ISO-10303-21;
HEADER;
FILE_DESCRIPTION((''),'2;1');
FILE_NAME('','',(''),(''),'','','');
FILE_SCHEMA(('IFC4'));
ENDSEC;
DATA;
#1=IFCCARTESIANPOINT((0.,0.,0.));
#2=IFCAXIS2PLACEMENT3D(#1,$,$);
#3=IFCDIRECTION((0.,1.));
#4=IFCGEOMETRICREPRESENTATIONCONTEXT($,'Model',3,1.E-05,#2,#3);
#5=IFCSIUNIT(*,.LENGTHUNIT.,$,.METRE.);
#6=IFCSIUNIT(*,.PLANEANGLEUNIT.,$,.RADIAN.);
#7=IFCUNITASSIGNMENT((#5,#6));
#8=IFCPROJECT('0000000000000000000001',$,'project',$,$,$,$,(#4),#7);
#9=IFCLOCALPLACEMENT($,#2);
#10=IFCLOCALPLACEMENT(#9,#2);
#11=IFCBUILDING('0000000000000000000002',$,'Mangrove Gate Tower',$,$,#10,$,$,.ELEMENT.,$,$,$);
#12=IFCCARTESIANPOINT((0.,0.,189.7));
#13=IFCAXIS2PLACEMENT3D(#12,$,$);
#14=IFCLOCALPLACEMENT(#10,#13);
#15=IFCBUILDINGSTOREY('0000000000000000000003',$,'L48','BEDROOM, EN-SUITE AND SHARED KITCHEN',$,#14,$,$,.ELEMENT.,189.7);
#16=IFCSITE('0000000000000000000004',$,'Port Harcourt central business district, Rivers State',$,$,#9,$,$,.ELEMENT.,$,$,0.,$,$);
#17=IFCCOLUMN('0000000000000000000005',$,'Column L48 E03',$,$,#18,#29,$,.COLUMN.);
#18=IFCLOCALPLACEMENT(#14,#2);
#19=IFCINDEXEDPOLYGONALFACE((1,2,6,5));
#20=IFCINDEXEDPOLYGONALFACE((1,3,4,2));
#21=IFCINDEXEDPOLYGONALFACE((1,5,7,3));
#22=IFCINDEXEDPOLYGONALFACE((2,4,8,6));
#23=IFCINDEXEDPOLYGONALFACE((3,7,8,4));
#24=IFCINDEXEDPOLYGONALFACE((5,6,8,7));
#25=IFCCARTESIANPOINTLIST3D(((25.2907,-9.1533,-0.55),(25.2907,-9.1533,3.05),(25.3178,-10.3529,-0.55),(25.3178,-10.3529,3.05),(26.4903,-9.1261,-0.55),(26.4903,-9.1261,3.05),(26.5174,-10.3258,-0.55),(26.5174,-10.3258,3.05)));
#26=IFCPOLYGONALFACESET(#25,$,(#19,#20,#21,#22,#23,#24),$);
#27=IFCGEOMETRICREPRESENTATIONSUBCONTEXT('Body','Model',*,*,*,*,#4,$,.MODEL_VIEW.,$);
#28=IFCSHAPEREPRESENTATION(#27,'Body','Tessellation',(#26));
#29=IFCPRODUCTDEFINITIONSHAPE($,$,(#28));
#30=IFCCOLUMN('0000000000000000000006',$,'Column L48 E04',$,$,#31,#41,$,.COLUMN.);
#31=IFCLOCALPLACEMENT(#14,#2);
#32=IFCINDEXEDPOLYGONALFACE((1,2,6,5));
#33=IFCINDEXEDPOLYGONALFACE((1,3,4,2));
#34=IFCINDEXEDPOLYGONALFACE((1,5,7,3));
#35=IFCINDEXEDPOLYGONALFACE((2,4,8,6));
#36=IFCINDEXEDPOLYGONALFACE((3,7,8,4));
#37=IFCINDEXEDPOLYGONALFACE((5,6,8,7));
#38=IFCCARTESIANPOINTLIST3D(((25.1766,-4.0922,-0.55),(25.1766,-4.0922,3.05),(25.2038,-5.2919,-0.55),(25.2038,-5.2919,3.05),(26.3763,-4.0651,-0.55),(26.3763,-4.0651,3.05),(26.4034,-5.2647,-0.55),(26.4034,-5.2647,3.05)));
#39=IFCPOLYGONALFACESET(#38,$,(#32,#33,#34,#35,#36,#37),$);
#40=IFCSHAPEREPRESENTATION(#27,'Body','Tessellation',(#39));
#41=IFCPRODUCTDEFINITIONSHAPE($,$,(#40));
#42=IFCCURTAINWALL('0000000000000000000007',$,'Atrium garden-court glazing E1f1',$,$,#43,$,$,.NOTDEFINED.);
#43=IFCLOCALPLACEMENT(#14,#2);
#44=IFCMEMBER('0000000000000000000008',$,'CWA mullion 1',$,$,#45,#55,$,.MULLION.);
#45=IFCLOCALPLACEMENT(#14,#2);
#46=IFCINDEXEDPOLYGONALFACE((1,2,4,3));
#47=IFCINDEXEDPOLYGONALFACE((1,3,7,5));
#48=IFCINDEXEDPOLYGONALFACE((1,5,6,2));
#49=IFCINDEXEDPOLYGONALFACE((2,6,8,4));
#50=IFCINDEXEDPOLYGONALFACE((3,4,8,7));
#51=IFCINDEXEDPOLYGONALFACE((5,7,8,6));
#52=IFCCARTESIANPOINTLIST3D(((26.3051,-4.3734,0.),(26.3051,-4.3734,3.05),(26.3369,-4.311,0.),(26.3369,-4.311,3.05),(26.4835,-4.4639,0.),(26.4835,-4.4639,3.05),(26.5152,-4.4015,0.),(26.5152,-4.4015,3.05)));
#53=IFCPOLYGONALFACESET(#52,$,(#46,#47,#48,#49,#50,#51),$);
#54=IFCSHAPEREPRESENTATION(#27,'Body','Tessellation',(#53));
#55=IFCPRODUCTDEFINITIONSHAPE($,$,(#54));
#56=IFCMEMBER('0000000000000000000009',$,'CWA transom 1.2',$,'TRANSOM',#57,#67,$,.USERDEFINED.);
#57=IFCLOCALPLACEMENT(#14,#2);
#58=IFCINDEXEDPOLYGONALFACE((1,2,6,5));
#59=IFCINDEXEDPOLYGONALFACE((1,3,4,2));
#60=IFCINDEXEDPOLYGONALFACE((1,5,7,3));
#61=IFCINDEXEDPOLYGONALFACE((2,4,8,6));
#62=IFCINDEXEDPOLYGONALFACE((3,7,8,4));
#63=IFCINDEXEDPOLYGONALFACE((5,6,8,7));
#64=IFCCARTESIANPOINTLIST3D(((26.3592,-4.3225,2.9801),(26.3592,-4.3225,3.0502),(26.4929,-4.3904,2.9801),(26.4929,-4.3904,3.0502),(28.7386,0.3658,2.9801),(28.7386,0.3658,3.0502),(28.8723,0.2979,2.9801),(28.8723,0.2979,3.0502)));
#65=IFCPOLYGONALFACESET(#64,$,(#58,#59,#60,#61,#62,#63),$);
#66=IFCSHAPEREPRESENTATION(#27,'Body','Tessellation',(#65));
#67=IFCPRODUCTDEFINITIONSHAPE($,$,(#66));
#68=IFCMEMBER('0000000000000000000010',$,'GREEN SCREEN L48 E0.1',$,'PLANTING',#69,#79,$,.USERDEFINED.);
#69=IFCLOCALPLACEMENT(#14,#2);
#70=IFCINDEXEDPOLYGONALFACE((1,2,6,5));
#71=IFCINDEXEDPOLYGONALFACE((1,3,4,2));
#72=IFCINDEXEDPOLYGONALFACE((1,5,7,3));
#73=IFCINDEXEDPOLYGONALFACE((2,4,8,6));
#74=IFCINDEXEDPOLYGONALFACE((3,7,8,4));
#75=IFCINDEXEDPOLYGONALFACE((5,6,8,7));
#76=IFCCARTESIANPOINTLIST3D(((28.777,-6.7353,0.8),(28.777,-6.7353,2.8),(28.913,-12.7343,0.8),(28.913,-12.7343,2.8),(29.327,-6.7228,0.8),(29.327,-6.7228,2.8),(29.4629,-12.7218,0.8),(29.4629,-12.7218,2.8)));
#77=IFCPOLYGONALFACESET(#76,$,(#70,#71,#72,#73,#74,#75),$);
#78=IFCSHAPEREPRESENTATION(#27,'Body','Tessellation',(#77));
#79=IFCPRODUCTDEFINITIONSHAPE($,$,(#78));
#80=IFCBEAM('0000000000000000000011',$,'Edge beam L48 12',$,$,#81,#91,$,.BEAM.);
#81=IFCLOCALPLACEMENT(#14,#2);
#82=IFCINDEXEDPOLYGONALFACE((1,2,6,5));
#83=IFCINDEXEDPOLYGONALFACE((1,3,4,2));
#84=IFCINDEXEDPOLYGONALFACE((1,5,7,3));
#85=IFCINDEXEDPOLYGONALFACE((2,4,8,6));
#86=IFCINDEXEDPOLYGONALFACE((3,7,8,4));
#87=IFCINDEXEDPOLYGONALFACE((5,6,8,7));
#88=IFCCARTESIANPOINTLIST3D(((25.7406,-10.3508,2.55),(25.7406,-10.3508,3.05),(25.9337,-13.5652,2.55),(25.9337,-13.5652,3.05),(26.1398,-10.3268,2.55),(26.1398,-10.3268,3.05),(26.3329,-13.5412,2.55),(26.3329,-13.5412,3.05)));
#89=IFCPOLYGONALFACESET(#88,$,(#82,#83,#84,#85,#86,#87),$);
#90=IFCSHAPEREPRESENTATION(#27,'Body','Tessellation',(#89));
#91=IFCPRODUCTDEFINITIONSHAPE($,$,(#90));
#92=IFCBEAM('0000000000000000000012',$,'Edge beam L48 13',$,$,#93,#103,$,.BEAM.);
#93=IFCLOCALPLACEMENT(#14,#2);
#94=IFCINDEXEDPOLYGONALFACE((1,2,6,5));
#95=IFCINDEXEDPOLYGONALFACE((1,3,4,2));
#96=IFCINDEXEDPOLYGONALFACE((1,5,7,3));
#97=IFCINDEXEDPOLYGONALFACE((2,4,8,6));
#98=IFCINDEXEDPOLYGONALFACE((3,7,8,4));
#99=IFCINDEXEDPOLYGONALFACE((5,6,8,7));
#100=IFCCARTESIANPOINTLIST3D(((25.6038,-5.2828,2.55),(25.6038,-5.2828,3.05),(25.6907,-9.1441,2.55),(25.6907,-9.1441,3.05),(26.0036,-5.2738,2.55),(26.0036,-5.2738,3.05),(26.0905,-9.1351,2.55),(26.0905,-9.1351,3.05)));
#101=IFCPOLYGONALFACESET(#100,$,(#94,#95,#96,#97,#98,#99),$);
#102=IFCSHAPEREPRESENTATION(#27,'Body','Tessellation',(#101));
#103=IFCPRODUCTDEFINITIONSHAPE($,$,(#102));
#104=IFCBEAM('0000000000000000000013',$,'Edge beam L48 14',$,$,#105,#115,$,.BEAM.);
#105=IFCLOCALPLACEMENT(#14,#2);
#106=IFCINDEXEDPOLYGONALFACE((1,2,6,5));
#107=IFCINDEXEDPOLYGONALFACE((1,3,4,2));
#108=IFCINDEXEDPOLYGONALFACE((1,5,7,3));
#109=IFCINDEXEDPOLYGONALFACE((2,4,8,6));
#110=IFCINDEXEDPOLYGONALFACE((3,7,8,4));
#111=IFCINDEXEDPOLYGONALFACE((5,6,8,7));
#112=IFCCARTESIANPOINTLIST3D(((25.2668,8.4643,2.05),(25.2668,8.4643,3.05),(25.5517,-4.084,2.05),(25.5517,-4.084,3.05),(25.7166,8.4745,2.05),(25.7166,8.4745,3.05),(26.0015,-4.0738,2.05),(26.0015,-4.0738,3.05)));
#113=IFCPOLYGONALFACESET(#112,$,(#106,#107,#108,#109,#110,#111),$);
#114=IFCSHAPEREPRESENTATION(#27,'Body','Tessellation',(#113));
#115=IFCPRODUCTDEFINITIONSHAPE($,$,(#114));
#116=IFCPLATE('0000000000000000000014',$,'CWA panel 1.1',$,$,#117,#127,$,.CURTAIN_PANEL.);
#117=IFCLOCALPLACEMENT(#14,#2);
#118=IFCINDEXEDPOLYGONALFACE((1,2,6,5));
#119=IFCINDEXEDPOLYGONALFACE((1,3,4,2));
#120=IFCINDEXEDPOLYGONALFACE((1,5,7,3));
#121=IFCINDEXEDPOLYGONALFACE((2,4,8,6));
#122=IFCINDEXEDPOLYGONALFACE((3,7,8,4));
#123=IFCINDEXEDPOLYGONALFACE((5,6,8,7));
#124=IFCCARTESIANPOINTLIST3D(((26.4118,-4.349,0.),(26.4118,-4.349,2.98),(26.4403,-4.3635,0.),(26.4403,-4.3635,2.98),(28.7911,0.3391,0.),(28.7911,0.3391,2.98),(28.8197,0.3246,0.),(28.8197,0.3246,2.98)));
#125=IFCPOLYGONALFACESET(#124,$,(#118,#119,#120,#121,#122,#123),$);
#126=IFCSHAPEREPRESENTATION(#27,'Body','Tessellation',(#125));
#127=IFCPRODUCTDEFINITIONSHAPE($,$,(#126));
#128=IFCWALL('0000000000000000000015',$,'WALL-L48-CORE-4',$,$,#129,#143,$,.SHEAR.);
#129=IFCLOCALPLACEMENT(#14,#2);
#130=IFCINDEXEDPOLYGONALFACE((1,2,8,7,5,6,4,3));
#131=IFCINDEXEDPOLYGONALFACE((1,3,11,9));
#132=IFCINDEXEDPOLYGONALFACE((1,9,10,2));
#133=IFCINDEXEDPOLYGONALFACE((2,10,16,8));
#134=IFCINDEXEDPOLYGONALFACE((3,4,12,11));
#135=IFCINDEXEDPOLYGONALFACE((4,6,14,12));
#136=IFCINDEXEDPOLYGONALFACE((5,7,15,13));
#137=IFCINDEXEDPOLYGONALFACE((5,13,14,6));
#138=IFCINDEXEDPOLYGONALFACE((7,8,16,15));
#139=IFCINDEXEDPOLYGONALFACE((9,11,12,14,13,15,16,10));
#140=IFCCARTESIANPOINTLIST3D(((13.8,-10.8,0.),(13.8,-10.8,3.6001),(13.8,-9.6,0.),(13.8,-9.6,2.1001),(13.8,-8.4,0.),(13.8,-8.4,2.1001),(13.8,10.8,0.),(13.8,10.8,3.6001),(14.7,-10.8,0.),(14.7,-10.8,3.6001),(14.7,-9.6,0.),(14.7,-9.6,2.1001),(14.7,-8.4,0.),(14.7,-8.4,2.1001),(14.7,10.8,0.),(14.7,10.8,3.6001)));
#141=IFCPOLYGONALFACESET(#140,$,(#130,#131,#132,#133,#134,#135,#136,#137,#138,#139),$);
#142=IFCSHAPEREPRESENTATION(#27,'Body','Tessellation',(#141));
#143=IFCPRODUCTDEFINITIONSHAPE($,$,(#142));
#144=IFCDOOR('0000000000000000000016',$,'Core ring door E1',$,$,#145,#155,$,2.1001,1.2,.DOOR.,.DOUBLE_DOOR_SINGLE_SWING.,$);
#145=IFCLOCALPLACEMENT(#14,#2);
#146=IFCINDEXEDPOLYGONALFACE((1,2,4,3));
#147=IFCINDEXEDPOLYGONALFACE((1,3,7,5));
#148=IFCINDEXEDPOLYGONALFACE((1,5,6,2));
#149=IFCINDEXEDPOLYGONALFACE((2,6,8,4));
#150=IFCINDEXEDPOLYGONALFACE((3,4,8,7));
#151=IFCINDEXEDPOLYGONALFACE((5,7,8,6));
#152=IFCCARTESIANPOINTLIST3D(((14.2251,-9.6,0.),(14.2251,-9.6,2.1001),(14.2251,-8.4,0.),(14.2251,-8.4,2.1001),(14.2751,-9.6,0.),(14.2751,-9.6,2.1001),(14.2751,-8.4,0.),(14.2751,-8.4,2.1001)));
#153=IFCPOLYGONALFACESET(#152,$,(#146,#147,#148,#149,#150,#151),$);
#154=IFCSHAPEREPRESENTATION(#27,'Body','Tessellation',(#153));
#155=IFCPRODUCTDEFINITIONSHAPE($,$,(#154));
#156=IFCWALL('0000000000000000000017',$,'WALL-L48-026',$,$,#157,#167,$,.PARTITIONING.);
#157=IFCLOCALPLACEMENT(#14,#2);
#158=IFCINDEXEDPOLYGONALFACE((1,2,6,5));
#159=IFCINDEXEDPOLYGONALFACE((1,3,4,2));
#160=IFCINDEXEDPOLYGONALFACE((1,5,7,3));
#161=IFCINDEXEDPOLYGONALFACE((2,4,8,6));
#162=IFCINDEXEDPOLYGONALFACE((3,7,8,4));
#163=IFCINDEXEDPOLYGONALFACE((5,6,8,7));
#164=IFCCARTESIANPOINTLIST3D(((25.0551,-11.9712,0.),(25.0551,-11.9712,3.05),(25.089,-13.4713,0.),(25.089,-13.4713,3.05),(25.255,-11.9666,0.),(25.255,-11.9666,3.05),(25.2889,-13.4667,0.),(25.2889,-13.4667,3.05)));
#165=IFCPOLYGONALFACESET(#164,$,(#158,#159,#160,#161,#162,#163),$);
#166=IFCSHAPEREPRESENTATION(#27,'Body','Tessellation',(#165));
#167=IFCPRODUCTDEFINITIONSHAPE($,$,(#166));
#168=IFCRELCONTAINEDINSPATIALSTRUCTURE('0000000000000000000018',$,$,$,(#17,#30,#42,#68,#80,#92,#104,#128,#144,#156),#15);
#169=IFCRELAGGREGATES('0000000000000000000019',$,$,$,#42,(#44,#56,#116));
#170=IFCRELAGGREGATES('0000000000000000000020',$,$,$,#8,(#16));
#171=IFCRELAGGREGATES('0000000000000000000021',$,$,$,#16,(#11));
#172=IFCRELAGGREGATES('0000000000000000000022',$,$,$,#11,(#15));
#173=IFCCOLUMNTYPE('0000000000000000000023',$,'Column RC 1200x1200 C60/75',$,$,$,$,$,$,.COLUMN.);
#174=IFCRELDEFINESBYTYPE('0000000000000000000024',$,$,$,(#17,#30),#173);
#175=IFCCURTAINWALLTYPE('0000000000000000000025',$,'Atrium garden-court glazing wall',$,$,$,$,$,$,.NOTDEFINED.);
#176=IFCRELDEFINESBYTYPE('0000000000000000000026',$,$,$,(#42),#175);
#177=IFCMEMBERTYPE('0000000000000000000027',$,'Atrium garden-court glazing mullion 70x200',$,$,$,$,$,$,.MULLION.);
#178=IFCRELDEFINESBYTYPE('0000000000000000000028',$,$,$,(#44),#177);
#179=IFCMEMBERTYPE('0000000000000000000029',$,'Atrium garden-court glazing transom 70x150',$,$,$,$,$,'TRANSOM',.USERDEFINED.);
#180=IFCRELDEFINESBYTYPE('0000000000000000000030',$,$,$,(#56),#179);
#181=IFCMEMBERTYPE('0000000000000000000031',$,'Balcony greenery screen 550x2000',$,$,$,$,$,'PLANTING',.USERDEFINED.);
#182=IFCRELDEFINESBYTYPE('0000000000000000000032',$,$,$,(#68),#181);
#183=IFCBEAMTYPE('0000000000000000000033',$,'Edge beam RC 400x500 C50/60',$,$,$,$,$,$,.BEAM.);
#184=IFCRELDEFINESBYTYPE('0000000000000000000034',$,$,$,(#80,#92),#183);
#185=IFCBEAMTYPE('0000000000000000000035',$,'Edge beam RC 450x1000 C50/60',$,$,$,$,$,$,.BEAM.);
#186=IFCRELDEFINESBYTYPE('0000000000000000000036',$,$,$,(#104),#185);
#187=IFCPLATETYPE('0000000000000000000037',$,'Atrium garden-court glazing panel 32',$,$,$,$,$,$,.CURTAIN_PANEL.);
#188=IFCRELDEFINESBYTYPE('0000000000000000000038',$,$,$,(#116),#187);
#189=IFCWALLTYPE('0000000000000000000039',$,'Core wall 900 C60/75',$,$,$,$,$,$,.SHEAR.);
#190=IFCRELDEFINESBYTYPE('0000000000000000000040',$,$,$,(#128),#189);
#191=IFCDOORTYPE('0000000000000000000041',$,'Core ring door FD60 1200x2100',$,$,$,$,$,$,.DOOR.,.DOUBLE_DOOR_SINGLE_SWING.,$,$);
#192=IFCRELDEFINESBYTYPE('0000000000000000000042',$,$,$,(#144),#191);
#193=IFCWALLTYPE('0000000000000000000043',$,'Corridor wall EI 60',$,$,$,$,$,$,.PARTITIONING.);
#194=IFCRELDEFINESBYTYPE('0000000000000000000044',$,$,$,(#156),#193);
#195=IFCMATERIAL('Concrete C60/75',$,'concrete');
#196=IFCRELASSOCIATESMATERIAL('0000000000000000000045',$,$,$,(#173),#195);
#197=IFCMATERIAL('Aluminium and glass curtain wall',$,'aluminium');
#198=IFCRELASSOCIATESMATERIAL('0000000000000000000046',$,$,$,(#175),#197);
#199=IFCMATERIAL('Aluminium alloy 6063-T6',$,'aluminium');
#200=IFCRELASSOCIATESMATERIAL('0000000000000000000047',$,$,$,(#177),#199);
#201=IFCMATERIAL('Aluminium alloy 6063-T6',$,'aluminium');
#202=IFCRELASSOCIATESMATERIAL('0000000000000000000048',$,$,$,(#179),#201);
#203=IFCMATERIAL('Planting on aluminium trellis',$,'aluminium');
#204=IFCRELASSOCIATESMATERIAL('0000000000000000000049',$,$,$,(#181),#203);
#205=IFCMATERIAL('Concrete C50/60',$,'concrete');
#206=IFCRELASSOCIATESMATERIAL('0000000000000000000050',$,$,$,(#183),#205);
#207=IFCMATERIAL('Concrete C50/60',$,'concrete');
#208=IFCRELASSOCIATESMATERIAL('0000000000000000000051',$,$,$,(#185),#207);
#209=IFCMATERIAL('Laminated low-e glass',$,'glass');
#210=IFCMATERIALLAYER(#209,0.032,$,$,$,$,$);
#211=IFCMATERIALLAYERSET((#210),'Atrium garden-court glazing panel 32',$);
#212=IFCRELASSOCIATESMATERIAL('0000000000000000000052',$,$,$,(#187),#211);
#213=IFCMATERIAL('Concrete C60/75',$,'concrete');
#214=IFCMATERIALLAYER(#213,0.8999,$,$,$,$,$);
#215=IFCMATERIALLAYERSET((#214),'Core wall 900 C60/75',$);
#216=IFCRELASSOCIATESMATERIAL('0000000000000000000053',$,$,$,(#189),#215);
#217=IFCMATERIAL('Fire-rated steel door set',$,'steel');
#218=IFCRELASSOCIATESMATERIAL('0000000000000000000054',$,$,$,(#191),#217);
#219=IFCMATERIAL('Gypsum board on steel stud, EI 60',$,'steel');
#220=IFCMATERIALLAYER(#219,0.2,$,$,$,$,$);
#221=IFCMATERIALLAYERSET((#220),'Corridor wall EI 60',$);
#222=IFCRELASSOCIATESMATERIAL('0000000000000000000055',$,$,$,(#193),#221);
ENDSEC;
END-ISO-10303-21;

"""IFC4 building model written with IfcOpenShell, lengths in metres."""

from ifc_helpers import new_model, si_unit, direction, frame, frame_2d, origin, origin_2d, place, context, subcontext, project, spatial, rectangle, extrude, material, layer, layer_set, material_profile, profile_set, type_object, element, fill, aggregate, save


model = new_model("IFC4")

# Units and contexts
model_context = context("Model", 3, precision=1e-05, world=origin(), true_north=direction((0.0, 1.0)))
body_context = subcontext(model_context, "Body", "Model", "MODEL_VIEW")
ifc_project = project(units=[si_unit("LENGTHUNIT", "METRE"), si_unit("PLANEANGLEUNIT", "RADIAN")], contexts=[model_context])

# Site, building, storey
site_placement = place(None, origin())
site = spatial("IfcSite", under=ifc_project, at=site_placement, Name="Port Harcourt central business district, Rivers State", CompositionType="ELEMENT", RefElevation=0.0)
building_placement = place(site_placement, origin())
building = spatial("IfcBuilding", under=site, at=building_placement, Name="Mangrove Gate Tower", CompositionType="ELEMENT")
storey_placement = place(building_placement, frame((0.0, 0.0, 189.7)))
storey = spatial("IfcBuildingStorey", under=building, at=storey_placement, Name="L48", Description="BEDROOM, EN-SUITE AND SHARED KITCHEN", CompositionType="ELEMENT", Elevation=189.7)

# Columns
ifc_material_1 = material(Name="Concrete C60/75", Category="concrete")
ifc_material_profile_1 = material_profile(ifc_material_1, rectangle(XDim=1.2, YDim=1.2, at=origin_2d()))
ifc_profile_set_1 = profile_set([ifc_material_profile_1], Name="Concrete C60/75")
column_type = type_object("IfcColumnType", Name="Column RC 1200x1200 C60/75", PredefinedType="COLUMN", material=ifc_profile_set_1)
for number, where, z_axis, x_axis, name in (
    (1, (25.9041, -9.7395, -0.55), (0.0, 0.0, 1.0), (-0.022618, 0.999744, 0.0), "Column L48 E03"),
    (2, (25.79, -4.6785, -0.55), (0.0, 0.0, 1.0), (-0.022643, 0.999744, 0.0), "Column L48 E04"),
):
    element("IfcColumn", number, at=place(storey_placement, frame(where, z_axis=z_axis, x_axis=x_axis)), inside=storey, type_object=column_type, Name=name, PredefinedType="COLUMN", context=body_context, shape_type="SweptSolid", body=[
        extrude(rectangle(XDim=1.2, YDim=1.2, at=origin_2d()), origin(), (0.0, 0.0, 1.0), 3.6001),
    ])

# Curtain wall, members
ifc_material_2 = material(Name="Aluminium and glass curtain wall", Category="aluminium")
curtain_wall_type = type_object("IfcCurtainWallType", Name="Atrium garden-court glazing wall", PredefinedType="NOTDEFINED", material=ifc_material_2)
curtain_wall_placement = place(storey_placement, origin())
curtain_wall = element("IfcCurtainWall", 3, at=curtain_wall_placement, inside=storey, type_object=curtain_wall_type, Name="Atrium garden-court glazing E1f1", PredefinedType="NOTDEFINED")
ifc_material_3 = material(Name="Aluminium alloy 6063-T6", Category="aluminium")
ifc_material_profile_2 = material_profile(ifc_material_3, rectangle(XDim=0.0701, YDim=0.2, at=origin_2d()))
ifc_profile_set_2 = profile_set([ifc_material_profile_2], Name="Aluminium alloy 6063-T6")
member_type_1 = type_object("IfcMemberType", Name="Atrium garden-court glazing mullion 70x200", PredefinedType="MULLION", material=ifc_profile_set_2)
member_1_placement = place(storey_placement, frame((26.4102, -4.3875, 0.0), z_axis=(0.0, 0.0, 1.0), x_axis=(0.452578, 0.891725, 0.0)))
member_1 = element("IfcMember", 4, at=member_1_placement, type_object=member_type_1, Name="CWA mullion 1", PredefinedType="MULLION", context=body_context, shape_type="SweptSolid", body=[
    extrude(rectangle(XDim=0.0701, YDim=0.2, at=origin_2d()), origin(), (0.0, 0.0, 1.0), 3.05),
])
ifc_material_4 = material(Name="Aluminium alloy 6063-T6", Category="aluminium")
ifc_material_profile_3 = material_profile(ifc_material_4, rectangle(XDim=0.0701, YDim=0.1499, at=origin_2d()))
ifc_profile_set_3 = profile_set([ifc_material_profile_3], Name="Aluminium alloy 6063-T6")
member_type_2 = type_object("IfcMemberType", Name="Atrium garden-court glazing transom 70x150", ElementType="TRANSOM", PredefinedType="USERDEFINED", material=ifc_profile_set_3)
member_2_placement = place(storey_placement, frame((26.426, -4.3564, 3.0151), z_axis=(0.452574, 0.891727, 0.0), x_axis=(0.0, 0.0, 1.0)))
member_2 = element("IfcMember", 5, at=member_2_placement, type_object=member_type_2, Name="CWA transom 1.2", ObjectType="TRANSOM", PredefinedType="USERDEFINED", context=body_context, shape_type="SweptSolid", body=[
    extrude(rectangle(XDim=0.0701, YDim=0.1499, at=origin_2d()), origin(), (0.0, 0.0, 1.0), 5.2576),
])

# Member
ifc_material_5 = material(Name="Planting on aluminium trellis", Category="aluminium")
ifc_material_profile_4 = material_profile(ifc_material_5, rectangle(XDim=0.55, YDim=2.0, at=origin_2d()))
ifc_profile_set_4 = profile_set([ifc_material_profile_4], Name="Planting on aluminium trellis")
member_type_3 = type_object("IfcMemberType", Name="Balcony greenery screen 550x2000", ElementType="PLANTING", PredefinedType="USERDEFINED", material=ifc_profile_set_4)
member_3_placement = place(storey_placement, frame((29.188, -12.728, 1.8), z_axis=(-0.022662, 0.999743, 0.0), x_axis=(-0.999743, -0.022662, 0.0)))
element("IfcMember", 6, at=member_3_placement, inside=storey, type_object=member_type_3, Name="GREEN SCREEN L48 E0.1", ObjectType="PLANTING", PredefinedType="USERDEFINED", context=body_context, shape_type="SweptSolid", body=[
    extrude(rectangle(XDim=0.55, YDim=2.0, at=origin_2d()), origin(), (0.0, 0.0, 1.0), 6.0005),
])

# Beams
ifc_material_6 = material(Name="Concrete C50/60", Category="concrete")
ifc_material_profile_5 = material_profile(ifc_material_6, rectangle(XDim=0.3999, YDim=0.5, at=origin_2d()))
ifc_profile_set_5 = profile_set([ifc_material_profile_5], Name="Concrete C50/60")
beam_type_1 = type_object("IfcBeamType", Name="Edge beam RC 400x500 C50/60", PredefinedType="BEAM", material=ifc_profile_set_5)
beam_1_placement = place(storey_placement, frame((26.1333, -13.5532, 2.8), z_axis=(-0.059971, 0.9982, 0.0), x_axis=(-0.9982, -0.059971, 0.0)))
element("IfcBeam", 7, at=beam_1_placement, inside=storey, type_object=beam_type_1, Name="Edge beam L48 12", PredefinedType="BEAM", context=body_context, shape_type="SweptSolid", body=[
    extrude(rectangle(XDim=0.3999, YDim=0.5, at=origin_2d()), origin(), (0.0, 0.0, 1.0), 3.2202),
])
beam_2_placement = place(storey_placement, frame((25.8906, -9.1396, 2.8), z_axis=(-0.022503, 0.999747, 0.0), x_axis=(-0.999747, -0.022503, 0.0)))
element("IfcBeam", 8, at=beam_2_placement, inside=storey, type_object=beam_type_1, Name="Edge beam L48 13", PredefinedType="BEAM", context=body_context, shape_type="SweptSolid", body=[
    extrude(rectangle(XDim=0.3999, YDim=0.5, at=origin_2d()), origin(), (0.0, 0.0, 1.0), 3.8623),
])
ifc_material_7 = material(Name="Concrete C50/60", Category="concrete")
ifc_material_profile_6 = material_profile(ifc_material_7, rectangle(XDim=0.45, YDim=1.0, at=origin_2d()))
ifc_profile_set_6 = profile_set([ifc_material_profile_6], Name="Concrete C50/60")
beam_type_2 = type_object("IfcBeamType", Name="Edge beam RC 450x1000 C50/60", PredefinedType="BEAM", material=ifc_profile_set_6)
beam_3_placement = place(storey_placement, frame((25.7766, -4.0789, 2.55), z_axis=(-0.022699, 0.999742, 0.0), x_axis=(-0.999742, -0.022699, 0.0)))
element("IfcBeam", 9, at=beam_3_placement, inside=storey, type_object=beam_type_2, Name="Edge beam L48 14", PredefinedType="BEAM", context=body_context, shape_type="SweptSolid", body=[
    extrude(rectangle(XDim=0.45, YDim=1.0, at=origin_2d()), origin(), (0.0, 0.0, 1.0), 12.5515),
])

# Plate
ifc_material_8 = material(Name="Laminated low-e glass", Category="glass")
ifc_layer_1 = layer(ifc_material_8, 0.032)
ifc_layer_set_1 = layer_set([ifc_layer_1], Name="Atrium garden-court glazing panel 32")
plate_type = type_object("IfcPlateType", Name="Atrium garden-court glazing panel 32", PredefinedType="CURTAIN_PANEL", material=ifc_layer_set_1)
plate_placement = place(storey_placement, frame((27.6157, -2.0122, 0.0), z_axis=(0.0, 0.0, 1.0), x_axis=(0.452578, 0.891725, 0.0)))
plate = element("IfcPlate", 10, at=plate_placement, type_object=plate_type, Name="CWA panel 1.1", PredefinedType="CURTAIN_PANEL", context=body_context, shape_type="SweptSolid", body=[
    extrude(rectangle(XDim=5.2573, YDim=0.032, at=origin_2d()), origin(), (0.0, 0.0, 1.0), 2.98),
])
aggregate(curtain_wall, [member_1, member_2, plate])

# Wall, opening, door
ifc_material_9 = material(Name="Concrete C60/75", Category="concrete")
ifc_layer_2 = layer(ifc_material_9, 0.8999)
ifc_layer_set_2 = layer_set([ifc_layer_2], Name="Core wall 900 C60/75")
wall_type_1 = type_object("IfcWallType", Name="Core wall 900 C60/75", PredefinedType="SHEAR", material=ifc_layer_set_2)
wall_1_placement = place(storey_placement, frame((14.25, -10.8, 0.0), z_axis=(0.0, 0.0, 1.0), x_axis=(0.0, 1.0, 0.0)))
wall_1 = element("IfcWall", 11, at=wall_1_placement, inside=storey, type_object=wall_type_1, Name="WALL-L48-CORE-4", PredefinedType="SHEAR", context=body_context, shape_type="SweptSolid", body=[
    extrude(rectangle(XDim=21.6001, YDim=0.8999, at=frame_2d((10.8, 0.0))), origin(), (0.0, 0.0, 1.0), 3.6001),
])
opening_1_placement = place(wall_1_placement, frame((1.2, 0.0, 0.0)))
opening_1 = element("IfcOpeningElement", 12, at=opening_1_placement, cuts=wall_1, PredefinedType="OPENING", context=body_context, shape_type="SweptSolid", body=[
    extrude(rectangle(XDim=1.2, YDim=2.1001, at=frame_2d((0.6001, 1.05))), frame((0.0, 0.46, 0.0), z_axis=(0.0, -1.0, 0.0), x_axis=(1.0, 0.0, 0.0)), (0.0, 0.0, 1.0), 0.9199),
])
ifc_material_10 = material(Name="Fire-rated steel door set", Category="steel")
door_type_1 = type_object("IfcDoorType", Name="Core ring door FD60 1200x2100", OperationType="DOUBLE_DOOR_SINGLE_SWING", PredefinedType="DOOR", material=ifc_material_10)
door_1_placement = place(opening_1_placement, origin())
door_1 = element("IfcDoor", 13, at=door_1_placement, inside=storey, type_object=door_type_1, Name="Core ring door E1", OperationType="DOUBLE_DOOR_SINGLE_SWING", OverallHeight=2.1001, OverallWidth=1.2, PredefinedType="DOOR", context=body_context, shape_type="SweptSolid", body=[
    extrude(rectangle(XDim=1.2, YDim=2.1001, at=frame_2d((0.6001, 1.05))), frame((0.0, 0.0249, 0.0), z_axis=(0.0, -1.0, 0.0), x_axis=(1.0, 0.0, 0.0)), (0.0, 0.0, 1.0), 0.05),
])
fill(opening_1, door_1)

# Wall
ifc_material_11 = material(Name="Gypsum board on steel stud, EI 60", Category="steel")
ifc_layer_3 = layer(ifc_material_11, 0.2)
ifc_layer_set_3 = layer_set([ifc_layer_3], Name="Corridor wall EI 60")
wall_type_2 = type_object("IfcWallType", Name="Corridor wall EI 60", PredefinedType="PARTITIONING", material=ifc_layer_set_3)
wall_2_placement = place(storey_placement, frame((25.189, -13.469, 0.0), z_axis=(0.0, 0.0, 1.0), x_axis=(-0.022618, 0.999744, 0.0)))
element("IfcWall", 14, at=wall_2_placement, inside=storey, type_object=wall_type_2, Name="WALL-L48-026", PredefinedType="PARTITIONING", context=body_context, shape_type="SweptSolid", body=[
    extrude(rectangle(XDim=1.5005, YDim=0.2, at=frame_2d((0.7502, 0.0))), origin(), (0.0, 0.0, 1.0), 3.05),
])

save(model, "model.ifc")
